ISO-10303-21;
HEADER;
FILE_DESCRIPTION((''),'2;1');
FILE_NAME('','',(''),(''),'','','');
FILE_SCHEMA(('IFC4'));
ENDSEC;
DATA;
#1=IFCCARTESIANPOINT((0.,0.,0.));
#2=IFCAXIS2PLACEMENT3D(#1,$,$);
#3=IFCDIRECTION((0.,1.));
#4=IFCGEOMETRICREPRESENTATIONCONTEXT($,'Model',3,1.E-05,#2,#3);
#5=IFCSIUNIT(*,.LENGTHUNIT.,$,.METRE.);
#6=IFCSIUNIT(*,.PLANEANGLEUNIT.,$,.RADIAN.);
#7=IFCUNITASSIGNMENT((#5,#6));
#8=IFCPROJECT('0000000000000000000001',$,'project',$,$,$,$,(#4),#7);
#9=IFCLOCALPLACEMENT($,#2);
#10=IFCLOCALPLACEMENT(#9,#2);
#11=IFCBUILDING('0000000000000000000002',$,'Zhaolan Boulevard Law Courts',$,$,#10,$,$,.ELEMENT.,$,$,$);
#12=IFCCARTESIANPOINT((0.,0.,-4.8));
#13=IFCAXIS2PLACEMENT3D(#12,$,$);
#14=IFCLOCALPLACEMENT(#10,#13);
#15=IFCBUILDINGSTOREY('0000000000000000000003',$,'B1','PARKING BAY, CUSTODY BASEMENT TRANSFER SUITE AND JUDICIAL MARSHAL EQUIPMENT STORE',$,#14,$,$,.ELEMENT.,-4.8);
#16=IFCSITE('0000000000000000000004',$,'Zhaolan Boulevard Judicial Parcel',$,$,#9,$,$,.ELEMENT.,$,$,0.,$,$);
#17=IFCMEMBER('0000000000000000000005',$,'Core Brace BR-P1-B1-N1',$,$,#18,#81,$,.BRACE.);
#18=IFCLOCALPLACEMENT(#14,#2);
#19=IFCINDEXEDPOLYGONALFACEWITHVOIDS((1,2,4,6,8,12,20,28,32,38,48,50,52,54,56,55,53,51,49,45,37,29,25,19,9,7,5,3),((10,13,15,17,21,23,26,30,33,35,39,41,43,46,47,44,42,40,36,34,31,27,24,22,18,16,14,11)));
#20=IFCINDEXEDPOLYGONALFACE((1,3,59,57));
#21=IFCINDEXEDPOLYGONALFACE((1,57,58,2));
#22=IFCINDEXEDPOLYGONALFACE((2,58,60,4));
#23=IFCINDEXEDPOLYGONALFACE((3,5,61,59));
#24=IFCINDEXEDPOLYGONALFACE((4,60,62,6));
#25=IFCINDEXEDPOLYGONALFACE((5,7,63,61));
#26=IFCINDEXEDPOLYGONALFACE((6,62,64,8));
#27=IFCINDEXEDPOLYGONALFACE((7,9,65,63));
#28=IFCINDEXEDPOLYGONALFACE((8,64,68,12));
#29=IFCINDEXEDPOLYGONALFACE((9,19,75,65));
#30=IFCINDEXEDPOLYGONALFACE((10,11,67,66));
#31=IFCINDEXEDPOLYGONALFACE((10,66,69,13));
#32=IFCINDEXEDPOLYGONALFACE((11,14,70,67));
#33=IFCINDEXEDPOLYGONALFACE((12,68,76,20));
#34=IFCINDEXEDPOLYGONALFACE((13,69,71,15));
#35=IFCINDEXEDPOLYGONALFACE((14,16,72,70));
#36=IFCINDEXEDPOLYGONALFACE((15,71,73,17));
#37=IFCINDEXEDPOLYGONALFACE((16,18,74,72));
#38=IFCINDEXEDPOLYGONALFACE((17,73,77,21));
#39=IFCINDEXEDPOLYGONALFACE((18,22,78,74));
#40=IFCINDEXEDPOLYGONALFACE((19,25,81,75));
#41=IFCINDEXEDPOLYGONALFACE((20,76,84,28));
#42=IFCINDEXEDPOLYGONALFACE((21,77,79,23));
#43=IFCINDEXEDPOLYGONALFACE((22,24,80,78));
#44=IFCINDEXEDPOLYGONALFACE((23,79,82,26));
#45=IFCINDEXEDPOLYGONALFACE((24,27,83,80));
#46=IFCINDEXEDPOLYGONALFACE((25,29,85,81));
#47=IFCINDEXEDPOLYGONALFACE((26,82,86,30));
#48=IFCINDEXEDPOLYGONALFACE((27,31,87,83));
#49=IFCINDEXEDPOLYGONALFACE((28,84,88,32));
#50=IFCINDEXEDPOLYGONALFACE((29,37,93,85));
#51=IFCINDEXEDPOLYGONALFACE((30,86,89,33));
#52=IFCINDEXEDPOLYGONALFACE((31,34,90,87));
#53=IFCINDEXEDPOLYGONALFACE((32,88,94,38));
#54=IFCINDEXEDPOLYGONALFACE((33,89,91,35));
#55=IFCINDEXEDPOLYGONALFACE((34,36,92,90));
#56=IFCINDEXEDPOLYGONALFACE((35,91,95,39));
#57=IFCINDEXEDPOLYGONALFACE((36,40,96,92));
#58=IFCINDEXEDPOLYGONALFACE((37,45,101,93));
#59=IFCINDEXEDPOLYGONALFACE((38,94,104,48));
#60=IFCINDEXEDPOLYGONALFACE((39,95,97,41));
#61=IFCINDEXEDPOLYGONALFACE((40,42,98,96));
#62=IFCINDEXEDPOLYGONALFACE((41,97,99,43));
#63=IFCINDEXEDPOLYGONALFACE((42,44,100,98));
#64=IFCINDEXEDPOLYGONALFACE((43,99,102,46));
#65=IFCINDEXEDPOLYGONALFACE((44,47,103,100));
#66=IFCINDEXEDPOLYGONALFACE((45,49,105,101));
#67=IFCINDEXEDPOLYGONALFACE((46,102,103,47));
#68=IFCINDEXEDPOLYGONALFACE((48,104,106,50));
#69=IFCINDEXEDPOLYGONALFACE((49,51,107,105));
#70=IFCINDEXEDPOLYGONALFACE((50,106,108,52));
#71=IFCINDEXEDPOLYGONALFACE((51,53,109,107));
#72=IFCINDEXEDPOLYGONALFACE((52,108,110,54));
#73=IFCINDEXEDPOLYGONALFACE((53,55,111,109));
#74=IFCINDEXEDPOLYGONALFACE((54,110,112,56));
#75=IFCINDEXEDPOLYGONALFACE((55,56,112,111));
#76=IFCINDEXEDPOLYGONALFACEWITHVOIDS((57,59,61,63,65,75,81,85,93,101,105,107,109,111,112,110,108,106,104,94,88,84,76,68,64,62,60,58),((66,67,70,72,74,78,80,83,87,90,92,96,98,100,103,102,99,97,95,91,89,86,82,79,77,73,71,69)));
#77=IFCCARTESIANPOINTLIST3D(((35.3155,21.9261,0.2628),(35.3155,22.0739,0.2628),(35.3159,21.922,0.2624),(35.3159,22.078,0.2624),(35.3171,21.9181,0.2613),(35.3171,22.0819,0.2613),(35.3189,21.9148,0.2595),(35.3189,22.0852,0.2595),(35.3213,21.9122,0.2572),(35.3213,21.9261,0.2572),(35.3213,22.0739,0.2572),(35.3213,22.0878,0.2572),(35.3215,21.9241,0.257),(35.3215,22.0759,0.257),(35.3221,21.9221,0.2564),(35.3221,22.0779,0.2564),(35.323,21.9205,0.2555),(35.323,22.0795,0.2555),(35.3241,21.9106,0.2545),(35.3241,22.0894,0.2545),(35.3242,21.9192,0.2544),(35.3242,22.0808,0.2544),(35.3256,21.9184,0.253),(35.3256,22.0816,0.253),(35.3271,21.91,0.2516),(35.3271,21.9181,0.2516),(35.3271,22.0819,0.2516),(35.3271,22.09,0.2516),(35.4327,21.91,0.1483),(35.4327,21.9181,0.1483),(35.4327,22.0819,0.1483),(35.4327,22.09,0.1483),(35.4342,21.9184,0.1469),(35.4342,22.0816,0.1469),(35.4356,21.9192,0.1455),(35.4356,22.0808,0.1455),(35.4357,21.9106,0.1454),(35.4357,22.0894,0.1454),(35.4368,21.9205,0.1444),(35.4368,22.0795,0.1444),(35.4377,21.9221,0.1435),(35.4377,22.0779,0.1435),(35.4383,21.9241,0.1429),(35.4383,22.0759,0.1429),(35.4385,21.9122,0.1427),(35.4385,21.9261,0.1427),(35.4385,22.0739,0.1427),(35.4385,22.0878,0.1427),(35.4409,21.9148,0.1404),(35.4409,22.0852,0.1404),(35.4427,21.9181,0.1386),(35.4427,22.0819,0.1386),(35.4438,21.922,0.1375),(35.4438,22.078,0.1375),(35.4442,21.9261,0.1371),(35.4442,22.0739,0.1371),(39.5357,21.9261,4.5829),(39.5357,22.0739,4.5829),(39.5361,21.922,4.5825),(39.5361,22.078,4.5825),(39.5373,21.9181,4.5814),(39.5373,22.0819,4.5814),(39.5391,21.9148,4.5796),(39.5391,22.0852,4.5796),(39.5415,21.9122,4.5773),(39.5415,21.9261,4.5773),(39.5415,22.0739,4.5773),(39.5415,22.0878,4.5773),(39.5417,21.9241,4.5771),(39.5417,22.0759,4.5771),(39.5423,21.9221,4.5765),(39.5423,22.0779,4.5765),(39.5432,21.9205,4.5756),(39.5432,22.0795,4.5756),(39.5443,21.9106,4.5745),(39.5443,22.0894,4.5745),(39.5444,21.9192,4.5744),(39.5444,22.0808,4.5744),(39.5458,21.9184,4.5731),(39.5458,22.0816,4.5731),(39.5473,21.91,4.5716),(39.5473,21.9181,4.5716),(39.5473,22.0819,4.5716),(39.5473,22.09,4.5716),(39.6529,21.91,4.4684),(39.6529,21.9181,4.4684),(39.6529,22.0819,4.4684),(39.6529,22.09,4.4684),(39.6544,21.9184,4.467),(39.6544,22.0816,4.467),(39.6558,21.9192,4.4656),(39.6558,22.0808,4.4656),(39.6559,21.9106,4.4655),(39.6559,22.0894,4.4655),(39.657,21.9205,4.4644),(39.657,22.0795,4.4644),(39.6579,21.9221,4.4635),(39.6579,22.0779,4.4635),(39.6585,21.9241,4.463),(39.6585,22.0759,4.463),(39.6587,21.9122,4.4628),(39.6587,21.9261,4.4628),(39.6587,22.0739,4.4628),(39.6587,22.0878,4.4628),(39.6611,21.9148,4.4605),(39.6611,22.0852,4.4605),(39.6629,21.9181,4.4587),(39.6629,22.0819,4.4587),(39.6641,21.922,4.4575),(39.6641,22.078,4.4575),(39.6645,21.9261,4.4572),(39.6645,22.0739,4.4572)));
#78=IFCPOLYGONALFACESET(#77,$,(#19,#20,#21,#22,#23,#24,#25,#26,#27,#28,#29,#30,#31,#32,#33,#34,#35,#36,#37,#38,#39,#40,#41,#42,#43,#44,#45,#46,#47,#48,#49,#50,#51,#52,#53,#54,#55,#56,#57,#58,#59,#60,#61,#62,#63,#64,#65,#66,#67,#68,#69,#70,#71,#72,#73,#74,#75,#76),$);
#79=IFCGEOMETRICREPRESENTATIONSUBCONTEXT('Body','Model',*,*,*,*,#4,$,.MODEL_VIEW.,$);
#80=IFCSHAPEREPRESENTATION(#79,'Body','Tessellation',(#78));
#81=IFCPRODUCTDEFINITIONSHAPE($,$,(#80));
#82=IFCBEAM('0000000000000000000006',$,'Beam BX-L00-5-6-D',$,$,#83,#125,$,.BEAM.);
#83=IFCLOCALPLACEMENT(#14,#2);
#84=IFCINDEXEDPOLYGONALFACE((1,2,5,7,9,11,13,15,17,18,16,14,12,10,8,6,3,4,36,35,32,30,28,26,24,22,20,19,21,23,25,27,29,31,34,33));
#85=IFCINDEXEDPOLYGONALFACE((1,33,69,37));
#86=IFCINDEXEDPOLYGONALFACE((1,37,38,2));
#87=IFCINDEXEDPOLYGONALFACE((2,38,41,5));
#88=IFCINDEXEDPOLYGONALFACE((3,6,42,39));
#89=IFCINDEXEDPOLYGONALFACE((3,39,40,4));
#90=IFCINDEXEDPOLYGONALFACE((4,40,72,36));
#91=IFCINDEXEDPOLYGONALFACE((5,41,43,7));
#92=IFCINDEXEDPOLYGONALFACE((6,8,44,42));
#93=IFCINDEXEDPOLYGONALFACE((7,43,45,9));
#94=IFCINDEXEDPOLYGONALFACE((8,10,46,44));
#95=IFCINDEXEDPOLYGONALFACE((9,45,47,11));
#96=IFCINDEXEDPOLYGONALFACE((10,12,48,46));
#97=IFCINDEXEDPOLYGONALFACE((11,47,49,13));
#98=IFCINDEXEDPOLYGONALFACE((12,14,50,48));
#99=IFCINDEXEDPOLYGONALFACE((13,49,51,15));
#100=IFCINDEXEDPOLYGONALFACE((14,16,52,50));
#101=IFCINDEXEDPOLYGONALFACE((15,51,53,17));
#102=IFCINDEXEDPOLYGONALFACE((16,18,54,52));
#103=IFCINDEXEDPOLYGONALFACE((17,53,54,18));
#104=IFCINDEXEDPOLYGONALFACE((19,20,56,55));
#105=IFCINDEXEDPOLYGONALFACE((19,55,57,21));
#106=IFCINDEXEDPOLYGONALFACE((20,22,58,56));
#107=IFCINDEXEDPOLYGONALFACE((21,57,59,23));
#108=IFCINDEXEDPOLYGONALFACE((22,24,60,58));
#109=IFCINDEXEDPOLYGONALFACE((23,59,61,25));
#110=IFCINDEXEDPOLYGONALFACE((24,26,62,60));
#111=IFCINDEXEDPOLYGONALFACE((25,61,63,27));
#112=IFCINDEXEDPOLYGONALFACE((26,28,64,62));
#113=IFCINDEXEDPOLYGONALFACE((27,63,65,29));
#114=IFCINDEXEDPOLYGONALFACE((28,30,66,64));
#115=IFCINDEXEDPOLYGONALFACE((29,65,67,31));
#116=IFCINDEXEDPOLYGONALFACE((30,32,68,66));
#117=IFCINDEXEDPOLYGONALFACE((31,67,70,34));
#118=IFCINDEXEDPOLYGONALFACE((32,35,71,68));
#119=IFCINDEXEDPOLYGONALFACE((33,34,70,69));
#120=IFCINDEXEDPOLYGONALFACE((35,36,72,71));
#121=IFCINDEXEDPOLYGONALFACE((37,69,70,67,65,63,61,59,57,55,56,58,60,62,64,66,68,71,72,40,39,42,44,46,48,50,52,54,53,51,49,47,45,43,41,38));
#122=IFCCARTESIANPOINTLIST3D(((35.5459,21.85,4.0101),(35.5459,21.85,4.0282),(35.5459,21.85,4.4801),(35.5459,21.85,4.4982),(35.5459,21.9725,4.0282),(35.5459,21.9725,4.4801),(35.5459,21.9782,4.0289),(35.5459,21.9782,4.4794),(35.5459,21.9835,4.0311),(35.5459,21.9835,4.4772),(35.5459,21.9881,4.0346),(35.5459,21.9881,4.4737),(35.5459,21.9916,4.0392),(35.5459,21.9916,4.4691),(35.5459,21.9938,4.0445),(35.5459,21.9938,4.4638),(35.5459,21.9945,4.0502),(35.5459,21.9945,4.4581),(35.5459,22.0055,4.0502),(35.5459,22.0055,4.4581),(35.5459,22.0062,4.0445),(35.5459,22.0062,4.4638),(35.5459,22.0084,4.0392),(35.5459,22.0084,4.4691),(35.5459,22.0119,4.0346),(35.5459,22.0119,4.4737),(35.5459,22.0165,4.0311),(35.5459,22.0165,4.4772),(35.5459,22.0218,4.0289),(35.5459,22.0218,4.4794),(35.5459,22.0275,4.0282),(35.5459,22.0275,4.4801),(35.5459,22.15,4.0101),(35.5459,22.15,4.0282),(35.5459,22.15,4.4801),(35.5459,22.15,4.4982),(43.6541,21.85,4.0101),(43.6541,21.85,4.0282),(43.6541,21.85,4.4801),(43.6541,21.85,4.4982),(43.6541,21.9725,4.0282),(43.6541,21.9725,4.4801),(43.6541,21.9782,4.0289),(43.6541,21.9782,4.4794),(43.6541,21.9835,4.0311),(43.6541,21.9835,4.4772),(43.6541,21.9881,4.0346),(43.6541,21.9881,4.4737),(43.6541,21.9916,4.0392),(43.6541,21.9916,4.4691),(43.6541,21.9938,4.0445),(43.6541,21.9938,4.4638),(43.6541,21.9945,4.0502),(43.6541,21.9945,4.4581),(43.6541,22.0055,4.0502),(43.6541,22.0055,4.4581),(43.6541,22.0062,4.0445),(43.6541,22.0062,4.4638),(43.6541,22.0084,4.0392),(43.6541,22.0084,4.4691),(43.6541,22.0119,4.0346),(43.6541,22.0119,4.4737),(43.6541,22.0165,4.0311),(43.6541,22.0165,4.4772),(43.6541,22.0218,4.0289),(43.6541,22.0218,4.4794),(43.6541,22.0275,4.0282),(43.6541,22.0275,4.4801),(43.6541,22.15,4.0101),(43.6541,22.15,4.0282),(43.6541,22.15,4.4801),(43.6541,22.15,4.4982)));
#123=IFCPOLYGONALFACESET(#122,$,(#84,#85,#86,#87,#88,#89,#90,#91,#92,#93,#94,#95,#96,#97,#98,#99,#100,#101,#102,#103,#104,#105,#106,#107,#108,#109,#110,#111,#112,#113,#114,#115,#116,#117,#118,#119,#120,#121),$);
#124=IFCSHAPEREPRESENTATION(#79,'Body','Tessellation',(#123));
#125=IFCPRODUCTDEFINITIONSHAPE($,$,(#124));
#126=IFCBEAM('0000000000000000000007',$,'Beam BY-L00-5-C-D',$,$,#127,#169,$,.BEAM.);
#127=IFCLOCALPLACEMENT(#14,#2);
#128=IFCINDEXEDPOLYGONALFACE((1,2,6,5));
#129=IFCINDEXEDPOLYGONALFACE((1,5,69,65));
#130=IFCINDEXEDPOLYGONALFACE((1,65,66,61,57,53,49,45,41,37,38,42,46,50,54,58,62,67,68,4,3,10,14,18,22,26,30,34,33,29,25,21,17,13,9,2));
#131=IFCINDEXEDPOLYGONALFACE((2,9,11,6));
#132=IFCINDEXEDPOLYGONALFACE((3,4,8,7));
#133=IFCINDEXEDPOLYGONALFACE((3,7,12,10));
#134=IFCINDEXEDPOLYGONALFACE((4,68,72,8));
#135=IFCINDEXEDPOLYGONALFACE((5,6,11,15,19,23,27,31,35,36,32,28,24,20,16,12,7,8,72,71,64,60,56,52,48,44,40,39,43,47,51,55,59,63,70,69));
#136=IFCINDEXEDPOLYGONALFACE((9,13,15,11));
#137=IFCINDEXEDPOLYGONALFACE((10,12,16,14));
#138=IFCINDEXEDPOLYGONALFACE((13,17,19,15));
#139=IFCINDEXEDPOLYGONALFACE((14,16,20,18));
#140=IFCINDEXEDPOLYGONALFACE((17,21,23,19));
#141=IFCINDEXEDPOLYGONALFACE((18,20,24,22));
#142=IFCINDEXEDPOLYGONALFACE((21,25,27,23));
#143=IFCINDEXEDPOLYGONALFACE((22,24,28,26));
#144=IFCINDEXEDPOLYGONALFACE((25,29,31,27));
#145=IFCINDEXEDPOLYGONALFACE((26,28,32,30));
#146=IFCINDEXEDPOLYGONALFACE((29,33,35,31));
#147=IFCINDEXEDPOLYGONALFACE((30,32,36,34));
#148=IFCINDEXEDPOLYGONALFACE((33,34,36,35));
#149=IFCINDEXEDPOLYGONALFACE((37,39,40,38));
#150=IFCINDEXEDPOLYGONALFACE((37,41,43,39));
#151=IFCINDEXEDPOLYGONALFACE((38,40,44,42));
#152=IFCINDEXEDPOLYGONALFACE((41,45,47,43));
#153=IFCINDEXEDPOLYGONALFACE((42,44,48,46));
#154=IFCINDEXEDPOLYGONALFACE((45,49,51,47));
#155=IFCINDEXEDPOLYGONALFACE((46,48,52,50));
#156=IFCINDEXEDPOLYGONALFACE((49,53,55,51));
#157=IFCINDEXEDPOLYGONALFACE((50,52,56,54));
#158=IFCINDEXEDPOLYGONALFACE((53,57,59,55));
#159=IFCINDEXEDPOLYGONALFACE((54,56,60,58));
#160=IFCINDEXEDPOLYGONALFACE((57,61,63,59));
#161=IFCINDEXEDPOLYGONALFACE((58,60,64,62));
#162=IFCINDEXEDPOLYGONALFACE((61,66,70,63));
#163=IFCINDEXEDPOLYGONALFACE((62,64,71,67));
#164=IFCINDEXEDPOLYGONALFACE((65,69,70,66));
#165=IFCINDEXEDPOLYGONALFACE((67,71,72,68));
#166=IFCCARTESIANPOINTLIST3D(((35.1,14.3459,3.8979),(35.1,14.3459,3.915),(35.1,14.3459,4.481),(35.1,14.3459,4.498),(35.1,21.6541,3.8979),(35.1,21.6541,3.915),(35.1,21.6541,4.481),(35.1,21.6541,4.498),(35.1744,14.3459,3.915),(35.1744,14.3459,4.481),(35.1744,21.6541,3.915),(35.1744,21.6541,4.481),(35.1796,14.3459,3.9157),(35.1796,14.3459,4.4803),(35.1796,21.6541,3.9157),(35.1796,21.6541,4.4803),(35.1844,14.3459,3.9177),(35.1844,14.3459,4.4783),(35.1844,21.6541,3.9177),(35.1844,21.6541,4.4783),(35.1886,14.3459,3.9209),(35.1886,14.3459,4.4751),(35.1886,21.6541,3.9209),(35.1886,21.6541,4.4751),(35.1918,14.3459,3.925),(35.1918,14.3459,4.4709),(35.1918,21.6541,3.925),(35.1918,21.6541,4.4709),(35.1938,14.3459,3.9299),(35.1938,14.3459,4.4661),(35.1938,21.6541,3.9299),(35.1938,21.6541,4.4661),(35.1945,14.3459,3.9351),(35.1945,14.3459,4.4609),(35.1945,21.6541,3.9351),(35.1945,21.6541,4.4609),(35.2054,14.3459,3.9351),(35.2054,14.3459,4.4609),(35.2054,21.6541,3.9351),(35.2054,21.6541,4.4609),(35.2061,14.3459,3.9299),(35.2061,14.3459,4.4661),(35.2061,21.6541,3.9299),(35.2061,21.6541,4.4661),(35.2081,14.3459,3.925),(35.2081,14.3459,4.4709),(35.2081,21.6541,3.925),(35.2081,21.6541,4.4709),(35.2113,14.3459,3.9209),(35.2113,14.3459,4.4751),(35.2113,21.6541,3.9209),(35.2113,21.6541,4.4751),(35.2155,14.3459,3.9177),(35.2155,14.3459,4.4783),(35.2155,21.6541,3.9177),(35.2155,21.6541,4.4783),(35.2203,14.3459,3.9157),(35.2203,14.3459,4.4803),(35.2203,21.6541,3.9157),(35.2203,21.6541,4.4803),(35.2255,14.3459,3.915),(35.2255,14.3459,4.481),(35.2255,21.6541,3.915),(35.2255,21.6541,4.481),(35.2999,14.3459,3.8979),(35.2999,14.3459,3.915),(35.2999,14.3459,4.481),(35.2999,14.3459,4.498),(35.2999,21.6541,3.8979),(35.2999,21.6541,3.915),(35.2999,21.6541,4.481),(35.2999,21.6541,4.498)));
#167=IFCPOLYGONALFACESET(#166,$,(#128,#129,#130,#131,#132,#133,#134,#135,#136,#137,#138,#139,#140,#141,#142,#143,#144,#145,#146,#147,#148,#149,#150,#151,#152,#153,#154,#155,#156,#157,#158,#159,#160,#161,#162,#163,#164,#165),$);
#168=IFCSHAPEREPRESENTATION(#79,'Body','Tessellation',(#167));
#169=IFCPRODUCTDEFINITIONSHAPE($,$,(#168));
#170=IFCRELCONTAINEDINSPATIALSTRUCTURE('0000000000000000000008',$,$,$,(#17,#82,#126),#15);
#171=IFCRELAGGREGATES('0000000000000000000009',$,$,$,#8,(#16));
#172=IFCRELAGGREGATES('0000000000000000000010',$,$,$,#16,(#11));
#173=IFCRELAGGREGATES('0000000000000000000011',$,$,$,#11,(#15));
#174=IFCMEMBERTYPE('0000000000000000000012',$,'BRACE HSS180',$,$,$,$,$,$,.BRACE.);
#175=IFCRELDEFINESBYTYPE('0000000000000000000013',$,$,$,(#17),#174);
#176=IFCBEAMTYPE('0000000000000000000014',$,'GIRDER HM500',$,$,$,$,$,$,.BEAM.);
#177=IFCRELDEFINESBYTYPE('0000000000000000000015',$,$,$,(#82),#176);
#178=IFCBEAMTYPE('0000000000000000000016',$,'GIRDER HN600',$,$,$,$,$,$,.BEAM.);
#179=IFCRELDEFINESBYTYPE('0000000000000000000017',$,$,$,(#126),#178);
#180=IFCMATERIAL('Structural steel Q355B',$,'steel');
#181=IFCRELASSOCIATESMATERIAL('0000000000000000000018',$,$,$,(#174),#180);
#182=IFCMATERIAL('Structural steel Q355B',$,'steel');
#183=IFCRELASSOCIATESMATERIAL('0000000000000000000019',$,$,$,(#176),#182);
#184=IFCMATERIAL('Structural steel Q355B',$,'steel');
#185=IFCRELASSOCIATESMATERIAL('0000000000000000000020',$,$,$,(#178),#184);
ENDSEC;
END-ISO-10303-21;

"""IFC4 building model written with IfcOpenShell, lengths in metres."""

from ifc_helpers import new_model, si_unit, direction, frame, origin, origin_2d, place, context, subcontext, project, spatial, hollow_rectangle, i_section, extrude, material, material_profile, profile_set, type_object, element, save


model = new_model("IFC4")

# Units and contexts
model_context = context("Model", 3, precision=1e-05, world=origin(), true_north=direction((0.0, 1.0)))
body_context = subcontext(model_context, "Body", "Model", "MODEL_VIEW")
ifc_project = project(units=[si_unit("LENGTHUNIT", "METRE"), si_unit("PLANEANGLEUNIT", "RADIAN")], contexts=[model_context])

# Site, building, storey
site_placement = place(None, origin())
site = spatial("IfcSite", under=ifc_project, at=site_placement, Name="Zhaolan Boulevard Judicial Parcel", CompositionType="ELEMENT", RefElevation=0.0)
building_placement = place(site_placement, origin())
building = spatial("IfcBuilding", under=site, at=building_placement, Name="Zhaolan Boulevard Law Courts", CompositionType="ELEMENT")
storey_placement = place(building_placement, frame((0.0, 0.0, -4.8)))
storey = spatial("IfcBuildingStorey", under=building, at=storey_placement, Name="B1", Description="PARKING BAY, CUSTODY BASEMENT TRANSFER SUITE AND JUDICIAL MARSHAL EQUIPMENT STORE", CompositionType="ELEMENT", Elevation=-4.8)

# Member
ifc_material_1 = material(Name="Structural steel Q355B", Category="steel")
ifc_material_profile_1 = material_profile(ifc_material_1, hollow_rectangle(XDim=0.1799, YDim=0.1799, WallThickness=0.0081, InnerFilletRadius=0.0081, OuterFilletRadius=0.0161, at=origin_2d()), Name="HSS180x180x8")
ifc_profile_set_1 = profile_set([ifc_material_profile_1], Name="Structural steel Q355B")
member_type = type_object("IfcMemberType", Name="BRACE HSS180", PredefinedType="BRACE", material=ifc_profile_set_1)
member_placement = place(storey_placement, frame((35.3799, 22.0, 0.2), z_axis=(0.698791, 0.0, 0.715325), x_axis=(0.0, 1.0, 0.0)))
element("IfcMember", 1, at=member_placement, inside=storey, type_object=member_type, Name="Core Brace BR-P1-B1-N1", PredefinedType="BRACE", context=body_context, shape_type="SweptSolid", body=[
    extrude(hollow_rectangle(XDim=0.1799, YDim=0.1799, WallThickness=0.0081, InnerFilletRadius=0.0081, OuterFilletRadius=0.0161, at=origin_2d()), origin(), (0.0, 0.0, 1.0), 6.0393),
])

# Beams
ifc_material_2 = material(Name="Structural steel Q355B", Category="steel")
ifc_material_profile_2 = material_profile(ifc_material_2, i_section(OverallWidth=0.3, OverallDepth=0.488, WebThickness=0.011, FlangeThickness=0.0181, FilletRadius=0.022, at=origin_2d()), Name="HM488x300")
ifc_profile_set_2 = profile_set([ifc_material_profile_2], Name="Structural steel Q355B")
beam_type_1 = type_object("IfcBeamType", Name="GIRDER HM500", PredefinedType="BEAM", material=ifc_profile_set_2)
beam_1_placement = place(storey_placement, frame((35.5459, 22.0, 4.2542), z_axis=(1.0, 0.0, 0.0), x_axis=(0.0, 1.0, 0.0)))
element("IfcBeam", 2, at=beam_1_placement, inside=storey, type_object=beam_type_1, Name="Beam BX-L00-5-6-D", PredefinedType="BEAM", context=body_context, shape_type="SweptSolid", body=[
    extrude(i_section(OverallWidth=0.3, OverallDepth=0.488, WebThickness=0.011, FlangeThickness=0.0181, FilletRadius=0.022, at=origin_2d()), origin(), (0.0, 0.0, 1.0), 8.1082),
])
ifc_material_3 = material(Name="Structural steel Q355B", Category="steel")
ifc_material_profile_3 = material_profile(ifc_material_3, i_section(OverallWidth=0.2, OverallDepth=0.6001, WebThickness=0.011, FlangeThickness=0.0171, FilletRadius=0.02, at=origin_2d()), Name="HN600x200")
ifc_profile_set_3 = profile_set([ifc_material_profile_3], Name="Structural steel Q355B")
beam_type_2 = type_object("IfcBeamType", Name="GIRDER HN600", PredefinedType="BEAM", material=ifc_profile_set_3)
beam_2_placement = place(storey_placement, frame((35.2, 14.3459, 4.198), z_axis=(0.0, 1.0, 0.0), x_axis=(-1.0, 0.0, 0.0)))
element("IfcBeam", 3, at=beam_2_placement, inside=storey, type_object=beam_type_2, Name="Beam BY-L00-5-C-D", PredefinedType="BEAM", context=body_context, shape_type="SweptSolid", body=[
    extrude(i_section(OverallWidth=0.2, OverallDepth=0.6001, WebThickness=0.011, FlangeThickness=0.0171, FilletRadius=0.02, at=origin_2d()), origin(), (0.0, 0.0, 1.0), 7.3081),
])

save(model, "model.ifc")
